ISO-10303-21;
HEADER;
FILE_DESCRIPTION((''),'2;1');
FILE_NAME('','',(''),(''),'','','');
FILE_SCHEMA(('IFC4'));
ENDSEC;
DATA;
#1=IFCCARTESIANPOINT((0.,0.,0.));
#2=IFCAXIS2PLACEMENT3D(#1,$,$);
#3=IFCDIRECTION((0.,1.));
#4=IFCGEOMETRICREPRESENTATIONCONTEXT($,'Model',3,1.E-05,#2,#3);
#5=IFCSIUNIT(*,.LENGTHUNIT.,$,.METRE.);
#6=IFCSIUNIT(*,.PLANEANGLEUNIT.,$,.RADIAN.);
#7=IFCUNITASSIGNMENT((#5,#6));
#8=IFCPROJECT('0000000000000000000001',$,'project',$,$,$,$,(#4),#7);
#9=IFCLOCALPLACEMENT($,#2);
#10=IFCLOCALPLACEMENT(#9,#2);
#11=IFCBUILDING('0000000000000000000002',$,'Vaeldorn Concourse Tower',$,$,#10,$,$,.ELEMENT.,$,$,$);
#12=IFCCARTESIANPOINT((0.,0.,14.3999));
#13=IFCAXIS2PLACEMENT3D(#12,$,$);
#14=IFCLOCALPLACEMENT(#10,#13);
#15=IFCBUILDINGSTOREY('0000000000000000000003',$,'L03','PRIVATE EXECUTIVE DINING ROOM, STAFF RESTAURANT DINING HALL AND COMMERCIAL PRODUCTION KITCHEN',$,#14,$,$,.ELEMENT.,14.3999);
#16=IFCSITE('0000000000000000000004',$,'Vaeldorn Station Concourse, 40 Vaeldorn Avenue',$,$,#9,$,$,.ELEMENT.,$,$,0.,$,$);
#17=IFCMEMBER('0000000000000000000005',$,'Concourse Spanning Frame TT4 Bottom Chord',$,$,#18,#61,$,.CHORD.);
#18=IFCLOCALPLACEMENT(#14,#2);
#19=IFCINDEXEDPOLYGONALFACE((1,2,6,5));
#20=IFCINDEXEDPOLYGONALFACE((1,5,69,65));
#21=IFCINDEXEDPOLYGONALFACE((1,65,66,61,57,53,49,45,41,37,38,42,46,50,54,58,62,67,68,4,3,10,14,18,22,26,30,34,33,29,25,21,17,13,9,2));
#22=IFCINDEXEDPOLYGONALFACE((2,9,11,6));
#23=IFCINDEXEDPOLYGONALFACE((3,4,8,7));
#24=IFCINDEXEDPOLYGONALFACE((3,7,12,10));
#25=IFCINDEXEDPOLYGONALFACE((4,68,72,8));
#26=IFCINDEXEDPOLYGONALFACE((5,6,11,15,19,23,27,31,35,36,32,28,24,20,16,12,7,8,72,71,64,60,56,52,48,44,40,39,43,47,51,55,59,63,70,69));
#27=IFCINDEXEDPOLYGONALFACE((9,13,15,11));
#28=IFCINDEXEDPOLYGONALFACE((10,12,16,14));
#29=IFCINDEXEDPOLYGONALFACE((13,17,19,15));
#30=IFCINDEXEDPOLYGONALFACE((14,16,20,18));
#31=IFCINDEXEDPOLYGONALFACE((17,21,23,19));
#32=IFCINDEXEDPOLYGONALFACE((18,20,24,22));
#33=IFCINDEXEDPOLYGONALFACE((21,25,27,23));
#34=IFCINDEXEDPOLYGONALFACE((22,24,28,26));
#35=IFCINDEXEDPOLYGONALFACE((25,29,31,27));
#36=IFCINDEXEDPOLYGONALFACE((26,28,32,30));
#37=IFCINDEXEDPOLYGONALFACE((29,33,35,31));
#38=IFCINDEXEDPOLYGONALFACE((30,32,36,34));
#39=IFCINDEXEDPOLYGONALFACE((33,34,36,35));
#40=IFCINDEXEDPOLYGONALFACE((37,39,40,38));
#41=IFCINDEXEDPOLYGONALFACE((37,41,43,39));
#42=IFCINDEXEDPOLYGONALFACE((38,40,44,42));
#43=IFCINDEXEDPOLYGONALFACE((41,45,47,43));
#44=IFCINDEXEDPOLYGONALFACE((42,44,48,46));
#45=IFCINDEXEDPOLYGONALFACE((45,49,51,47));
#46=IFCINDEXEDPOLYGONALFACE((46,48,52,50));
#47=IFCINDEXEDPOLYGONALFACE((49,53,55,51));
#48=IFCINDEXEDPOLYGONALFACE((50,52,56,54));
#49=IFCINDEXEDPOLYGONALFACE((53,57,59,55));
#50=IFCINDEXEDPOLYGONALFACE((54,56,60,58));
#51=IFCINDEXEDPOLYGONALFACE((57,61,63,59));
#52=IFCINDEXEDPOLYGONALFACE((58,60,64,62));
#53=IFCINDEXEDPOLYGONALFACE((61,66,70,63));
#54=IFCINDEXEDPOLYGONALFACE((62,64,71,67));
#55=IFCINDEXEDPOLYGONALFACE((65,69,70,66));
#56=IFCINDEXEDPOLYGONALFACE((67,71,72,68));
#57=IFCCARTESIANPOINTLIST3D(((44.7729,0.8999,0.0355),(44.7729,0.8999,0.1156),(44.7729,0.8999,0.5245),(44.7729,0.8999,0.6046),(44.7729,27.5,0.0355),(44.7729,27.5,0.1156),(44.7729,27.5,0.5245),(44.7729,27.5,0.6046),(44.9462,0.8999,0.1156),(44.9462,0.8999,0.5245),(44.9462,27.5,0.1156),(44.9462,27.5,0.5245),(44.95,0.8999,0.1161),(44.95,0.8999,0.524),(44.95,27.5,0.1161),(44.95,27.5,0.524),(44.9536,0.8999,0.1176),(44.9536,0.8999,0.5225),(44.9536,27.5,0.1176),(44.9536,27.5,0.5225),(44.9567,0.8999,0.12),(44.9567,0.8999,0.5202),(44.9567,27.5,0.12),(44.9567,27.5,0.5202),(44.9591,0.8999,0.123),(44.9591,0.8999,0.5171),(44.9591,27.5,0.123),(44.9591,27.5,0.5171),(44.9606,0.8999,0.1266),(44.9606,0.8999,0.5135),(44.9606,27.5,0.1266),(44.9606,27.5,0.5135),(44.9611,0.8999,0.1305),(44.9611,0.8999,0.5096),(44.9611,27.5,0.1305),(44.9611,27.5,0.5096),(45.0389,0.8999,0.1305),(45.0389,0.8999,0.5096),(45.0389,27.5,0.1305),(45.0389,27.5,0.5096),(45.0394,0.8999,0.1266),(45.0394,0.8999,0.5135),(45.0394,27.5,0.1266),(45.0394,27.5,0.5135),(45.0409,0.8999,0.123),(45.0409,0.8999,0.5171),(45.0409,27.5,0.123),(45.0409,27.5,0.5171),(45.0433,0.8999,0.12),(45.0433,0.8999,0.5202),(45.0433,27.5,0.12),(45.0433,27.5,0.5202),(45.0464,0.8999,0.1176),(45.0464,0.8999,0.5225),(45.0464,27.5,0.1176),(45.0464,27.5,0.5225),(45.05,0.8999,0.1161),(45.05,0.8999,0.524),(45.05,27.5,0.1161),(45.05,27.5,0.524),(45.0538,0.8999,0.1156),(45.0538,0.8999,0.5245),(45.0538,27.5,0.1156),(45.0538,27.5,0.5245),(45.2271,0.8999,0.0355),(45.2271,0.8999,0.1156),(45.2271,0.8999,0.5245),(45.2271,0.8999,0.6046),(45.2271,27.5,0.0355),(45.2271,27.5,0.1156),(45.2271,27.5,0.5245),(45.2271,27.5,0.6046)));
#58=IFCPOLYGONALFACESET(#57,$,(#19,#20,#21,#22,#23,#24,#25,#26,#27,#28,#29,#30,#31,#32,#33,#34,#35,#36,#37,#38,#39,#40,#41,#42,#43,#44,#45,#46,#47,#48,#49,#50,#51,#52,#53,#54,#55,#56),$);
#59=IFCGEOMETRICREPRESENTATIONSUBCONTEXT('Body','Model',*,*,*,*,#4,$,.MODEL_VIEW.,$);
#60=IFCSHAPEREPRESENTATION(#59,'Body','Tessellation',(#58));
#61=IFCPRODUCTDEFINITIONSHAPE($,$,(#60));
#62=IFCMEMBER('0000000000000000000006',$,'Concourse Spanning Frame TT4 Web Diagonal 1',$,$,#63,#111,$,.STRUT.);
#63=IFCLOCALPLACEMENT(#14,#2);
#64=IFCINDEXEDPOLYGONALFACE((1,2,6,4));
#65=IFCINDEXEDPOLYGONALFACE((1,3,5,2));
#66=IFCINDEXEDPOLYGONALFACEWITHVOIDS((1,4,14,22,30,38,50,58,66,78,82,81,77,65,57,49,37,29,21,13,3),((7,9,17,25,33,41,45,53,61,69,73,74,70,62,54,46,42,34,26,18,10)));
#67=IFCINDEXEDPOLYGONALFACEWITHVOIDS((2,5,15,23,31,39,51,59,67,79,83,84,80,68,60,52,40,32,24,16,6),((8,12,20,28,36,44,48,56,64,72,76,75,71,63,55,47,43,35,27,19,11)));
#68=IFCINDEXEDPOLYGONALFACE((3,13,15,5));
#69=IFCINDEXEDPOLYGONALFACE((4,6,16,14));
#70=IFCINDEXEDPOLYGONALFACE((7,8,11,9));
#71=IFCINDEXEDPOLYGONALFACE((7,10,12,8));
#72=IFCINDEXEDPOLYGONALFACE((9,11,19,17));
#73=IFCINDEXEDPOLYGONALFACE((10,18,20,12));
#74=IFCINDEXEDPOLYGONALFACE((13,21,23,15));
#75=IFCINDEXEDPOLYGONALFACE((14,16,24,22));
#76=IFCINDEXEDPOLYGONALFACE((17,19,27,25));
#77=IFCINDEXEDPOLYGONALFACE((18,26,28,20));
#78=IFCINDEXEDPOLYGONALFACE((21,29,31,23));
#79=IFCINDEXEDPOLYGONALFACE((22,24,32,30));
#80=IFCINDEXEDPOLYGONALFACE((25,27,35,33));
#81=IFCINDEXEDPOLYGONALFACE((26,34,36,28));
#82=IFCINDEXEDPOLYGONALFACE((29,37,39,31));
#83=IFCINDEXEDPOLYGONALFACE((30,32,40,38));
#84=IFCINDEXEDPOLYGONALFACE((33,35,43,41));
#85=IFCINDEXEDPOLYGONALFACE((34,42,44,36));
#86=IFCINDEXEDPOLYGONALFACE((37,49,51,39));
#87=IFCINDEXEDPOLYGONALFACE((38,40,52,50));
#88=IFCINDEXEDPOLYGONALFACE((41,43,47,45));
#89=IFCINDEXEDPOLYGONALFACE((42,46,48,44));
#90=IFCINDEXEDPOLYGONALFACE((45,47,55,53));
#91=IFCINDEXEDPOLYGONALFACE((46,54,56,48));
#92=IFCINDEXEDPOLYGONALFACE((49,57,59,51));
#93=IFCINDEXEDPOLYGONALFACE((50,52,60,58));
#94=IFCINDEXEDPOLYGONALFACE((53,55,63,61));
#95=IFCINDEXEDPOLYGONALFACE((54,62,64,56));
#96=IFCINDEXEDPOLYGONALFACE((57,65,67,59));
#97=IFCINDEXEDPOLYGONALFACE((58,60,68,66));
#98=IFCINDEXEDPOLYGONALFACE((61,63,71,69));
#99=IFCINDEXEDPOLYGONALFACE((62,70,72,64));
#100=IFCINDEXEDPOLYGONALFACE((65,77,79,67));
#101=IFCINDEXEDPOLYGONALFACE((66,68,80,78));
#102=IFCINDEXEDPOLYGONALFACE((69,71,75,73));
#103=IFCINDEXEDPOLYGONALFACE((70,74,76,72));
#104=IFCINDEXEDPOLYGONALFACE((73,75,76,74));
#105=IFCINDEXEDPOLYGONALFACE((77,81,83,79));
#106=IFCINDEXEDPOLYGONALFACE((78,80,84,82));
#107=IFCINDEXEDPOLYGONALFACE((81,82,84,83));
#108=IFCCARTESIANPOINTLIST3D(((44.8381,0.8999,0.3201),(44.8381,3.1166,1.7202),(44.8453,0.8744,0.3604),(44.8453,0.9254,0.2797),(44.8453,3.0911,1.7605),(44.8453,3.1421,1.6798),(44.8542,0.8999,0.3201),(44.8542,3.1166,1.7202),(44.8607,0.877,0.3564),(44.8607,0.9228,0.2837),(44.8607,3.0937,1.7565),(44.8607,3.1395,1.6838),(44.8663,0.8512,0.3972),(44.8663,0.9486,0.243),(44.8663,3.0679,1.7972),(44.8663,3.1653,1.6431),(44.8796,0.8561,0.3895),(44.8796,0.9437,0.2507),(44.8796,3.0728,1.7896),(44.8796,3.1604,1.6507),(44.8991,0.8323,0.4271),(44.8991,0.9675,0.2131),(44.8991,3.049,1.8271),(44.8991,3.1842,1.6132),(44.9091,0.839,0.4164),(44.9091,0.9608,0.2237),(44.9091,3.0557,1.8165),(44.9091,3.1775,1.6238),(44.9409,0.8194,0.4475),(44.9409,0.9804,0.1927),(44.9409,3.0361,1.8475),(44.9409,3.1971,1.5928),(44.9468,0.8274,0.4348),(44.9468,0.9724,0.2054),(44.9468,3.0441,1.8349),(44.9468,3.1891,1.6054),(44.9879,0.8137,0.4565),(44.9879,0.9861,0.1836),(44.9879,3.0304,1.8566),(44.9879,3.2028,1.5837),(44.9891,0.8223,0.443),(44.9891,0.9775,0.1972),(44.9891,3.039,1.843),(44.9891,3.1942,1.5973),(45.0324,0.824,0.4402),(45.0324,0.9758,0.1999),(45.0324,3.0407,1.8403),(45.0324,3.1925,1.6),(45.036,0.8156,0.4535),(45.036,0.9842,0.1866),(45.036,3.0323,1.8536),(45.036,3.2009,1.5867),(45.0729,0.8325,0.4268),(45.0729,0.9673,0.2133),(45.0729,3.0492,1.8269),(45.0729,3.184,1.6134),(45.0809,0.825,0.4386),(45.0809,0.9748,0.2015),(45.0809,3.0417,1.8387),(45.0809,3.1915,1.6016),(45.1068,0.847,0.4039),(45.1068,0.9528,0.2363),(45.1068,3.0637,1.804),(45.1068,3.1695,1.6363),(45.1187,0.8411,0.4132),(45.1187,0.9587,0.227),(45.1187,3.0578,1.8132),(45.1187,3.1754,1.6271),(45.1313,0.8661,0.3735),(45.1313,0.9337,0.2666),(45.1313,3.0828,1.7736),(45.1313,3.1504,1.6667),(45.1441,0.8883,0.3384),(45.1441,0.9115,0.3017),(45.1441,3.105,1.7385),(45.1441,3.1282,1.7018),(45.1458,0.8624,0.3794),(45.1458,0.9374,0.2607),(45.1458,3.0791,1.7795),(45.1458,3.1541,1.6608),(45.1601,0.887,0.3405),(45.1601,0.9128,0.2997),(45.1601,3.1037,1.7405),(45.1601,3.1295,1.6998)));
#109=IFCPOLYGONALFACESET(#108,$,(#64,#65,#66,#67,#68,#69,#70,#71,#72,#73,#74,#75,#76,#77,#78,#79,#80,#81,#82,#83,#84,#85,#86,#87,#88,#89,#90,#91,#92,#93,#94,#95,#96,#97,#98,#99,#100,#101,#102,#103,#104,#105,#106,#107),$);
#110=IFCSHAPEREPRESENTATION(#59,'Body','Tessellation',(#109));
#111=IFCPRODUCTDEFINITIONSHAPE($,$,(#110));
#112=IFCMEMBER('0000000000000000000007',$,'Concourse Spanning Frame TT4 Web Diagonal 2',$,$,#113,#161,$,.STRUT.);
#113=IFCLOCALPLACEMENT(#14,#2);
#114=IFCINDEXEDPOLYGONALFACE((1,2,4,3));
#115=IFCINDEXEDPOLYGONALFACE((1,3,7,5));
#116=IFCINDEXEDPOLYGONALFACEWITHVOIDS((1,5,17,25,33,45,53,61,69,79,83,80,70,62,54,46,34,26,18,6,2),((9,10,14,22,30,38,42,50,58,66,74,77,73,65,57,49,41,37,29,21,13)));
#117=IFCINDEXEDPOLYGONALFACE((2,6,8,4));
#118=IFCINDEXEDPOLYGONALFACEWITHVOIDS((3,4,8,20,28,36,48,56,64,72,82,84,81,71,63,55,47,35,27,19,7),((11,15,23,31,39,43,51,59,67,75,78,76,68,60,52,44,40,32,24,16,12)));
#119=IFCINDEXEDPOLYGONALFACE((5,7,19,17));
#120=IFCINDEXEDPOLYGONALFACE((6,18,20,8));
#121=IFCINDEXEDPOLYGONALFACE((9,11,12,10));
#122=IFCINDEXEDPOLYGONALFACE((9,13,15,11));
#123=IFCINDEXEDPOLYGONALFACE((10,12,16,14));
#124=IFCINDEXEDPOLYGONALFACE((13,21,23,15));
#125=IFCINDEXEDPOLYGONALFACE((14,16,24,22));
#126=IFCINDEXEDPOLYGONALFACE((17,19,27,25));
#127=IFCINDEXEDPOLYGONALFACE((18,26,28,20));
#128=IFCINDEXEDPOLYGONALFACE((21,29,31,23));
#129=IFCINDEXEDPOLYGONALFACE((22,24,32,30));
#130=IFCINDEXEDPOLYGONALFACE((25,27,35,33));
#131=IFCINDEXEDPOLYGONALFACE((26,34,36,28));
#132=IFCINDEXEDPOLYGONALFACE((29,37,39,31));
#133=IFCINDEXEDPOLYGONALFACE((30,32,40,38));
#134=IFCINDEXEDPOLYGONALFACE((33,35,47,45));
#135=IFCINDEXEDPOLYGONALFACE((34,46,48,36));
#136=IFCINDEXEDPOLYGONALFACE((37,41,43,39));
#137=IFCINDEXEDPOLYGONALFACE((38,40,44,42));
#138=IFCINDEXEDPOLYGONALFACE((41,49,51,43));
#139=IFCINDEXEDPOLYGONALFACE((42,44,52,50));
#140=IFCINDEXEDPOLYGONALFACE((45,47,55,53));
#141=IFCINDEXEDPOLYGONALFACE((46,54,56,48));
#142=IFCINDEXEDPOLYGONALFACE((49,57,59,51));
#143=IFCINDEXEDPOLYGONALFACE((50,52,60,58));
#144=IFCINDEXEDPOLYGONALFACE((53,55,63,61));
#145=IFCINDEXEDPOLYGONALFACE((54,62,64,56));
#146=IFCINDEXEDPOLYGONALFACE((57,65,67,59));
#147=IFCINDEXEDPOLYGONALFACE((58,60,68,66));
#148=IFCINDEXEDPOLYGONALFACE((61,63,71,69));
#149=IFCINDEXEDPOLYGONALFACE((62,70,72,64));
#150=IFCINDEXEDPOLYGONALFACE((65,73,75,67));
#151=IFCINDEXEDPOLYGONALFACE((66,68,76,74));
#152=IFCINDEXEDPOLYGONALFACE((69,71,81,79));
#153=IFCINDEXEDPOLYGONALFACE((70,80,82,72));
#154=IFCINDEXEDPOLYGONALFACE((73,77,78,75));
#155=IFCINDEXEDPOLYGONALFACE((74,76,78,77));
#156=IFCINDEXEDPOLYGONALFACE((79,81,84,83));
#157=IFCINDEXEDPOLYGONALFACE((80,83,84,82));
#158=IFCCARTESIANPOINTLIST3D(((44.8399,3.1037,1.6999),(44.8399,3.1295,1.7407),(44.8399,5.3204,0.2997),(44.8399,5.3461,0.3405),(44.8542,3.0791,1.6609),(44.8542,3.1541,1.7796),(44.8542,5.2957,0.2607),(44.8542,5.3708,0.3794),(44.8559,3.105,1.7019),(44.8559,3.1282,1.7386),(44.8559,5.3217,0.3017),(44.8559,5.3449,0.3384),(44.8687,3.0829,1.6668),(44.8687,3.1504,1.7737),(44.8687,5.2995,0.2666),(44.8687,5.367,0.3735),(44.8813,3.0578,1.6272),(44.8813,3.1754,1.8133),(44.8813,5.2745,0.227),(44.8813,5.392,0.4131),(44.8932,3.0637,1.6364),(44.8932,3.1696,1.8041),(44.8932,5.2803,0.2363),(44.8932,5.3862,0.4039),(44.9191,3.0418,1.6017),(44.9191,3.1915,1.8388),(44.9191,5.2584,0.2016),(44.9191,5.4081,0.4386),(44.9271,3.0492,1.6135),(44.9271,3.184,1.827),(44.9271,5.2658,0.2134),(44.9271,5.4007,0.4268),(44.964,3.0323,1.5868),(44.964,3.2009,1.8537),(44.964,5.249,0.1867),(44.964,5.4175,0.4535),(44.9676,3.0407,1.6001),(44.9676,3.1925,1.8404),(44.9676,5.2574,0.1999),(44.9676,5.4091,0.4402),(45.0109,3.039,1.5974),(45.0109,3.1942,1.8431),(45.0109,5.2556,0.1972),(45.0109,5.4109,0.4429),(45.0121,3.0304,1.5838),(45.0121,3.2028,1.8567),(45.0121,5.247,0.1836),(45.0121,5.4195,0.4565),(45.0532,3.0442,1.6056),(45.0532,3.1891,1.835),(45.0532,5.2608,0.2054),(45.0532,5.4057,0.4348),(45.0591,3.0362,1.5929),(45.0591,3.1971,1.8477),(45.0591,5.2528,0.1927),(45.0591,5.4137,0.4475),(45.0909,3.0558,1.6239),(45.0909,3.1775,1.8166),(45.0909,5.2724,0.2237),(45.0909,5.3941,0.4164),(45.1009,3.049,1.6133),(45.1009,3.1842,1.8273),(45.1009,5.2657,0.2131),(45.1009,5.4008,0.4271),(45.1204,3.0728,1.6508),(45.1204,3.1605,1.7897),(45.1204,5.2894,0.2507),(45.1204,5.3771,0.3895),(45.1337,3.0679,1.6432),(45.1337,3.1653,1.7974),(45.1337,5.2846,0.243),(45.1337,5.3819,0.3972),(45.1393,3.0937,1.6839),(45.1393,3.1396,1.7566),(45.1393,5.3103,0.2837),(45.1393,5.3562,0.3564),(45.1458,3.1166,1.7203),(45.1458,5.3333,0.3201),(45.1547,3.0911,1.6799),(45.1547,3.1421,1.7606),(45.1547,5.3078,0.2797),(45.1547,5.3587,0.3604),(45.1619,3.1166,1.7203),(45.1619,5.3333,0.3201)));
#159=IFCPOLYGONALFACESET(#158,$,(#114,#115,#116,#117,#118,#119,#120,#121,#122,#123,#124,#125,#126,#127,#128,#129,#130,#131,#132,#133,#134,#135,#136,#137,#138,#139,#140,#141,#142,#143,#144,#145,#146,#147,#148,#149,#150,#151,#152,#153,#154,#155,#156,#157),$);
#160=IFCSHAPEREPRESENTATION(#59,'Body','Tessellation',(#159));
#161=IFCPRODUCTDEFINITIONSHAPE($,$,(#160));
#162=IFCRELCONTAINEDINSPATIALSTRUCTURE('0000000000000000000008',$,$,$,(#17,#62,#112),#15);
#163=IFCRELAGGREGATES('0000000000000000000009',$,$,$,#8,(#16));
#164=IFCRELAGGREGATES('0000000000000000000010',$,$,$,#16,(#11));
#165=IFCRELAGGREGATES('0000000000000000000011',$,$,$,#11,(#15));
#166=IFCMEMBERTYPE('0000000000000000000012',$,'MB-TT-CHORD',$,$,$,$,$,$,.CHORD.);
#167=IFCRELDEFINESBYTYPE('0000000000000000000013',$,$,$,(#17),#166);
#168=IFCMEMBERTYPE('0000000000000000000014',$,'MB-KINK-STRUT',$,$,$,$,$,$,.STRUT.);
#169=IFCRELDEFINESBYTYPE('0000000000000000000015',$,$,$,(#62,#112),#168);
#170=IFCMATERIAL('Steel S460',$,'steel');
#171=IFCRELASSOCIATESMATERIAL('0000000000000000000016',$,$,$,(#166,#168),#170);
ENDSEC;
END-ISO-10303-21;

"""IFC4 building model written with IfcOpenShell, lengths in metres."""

from ifc_helpers import new_model, si_unit, direction, frame, origin, origin_2d, place, context, subcontext, project, spatial, hollow_circle, i_section, extrude, source, transform, mapped, material, material_profile, profile_set, type_object, element, save


model = new_model("IFC4")

# Units and contexts
model_context = context("Model", 3, precision=1e-05, world=origin(), true_north=direction((0.0, 1.0)))
body_context = subcontext(model_context, "Body", "Model", "MODEL_VIEW")
ifc_project = project(units=[si_unit("LENGTHUNIT", "METRE"), si_unit("PLANEANGLEUNIT", "RADIAN")], contexts=[model_context])

# Site, building, storey
site_placement = place(None, origin())
site = spatial("IfcSite", under=ifc_project, at=site_placement, Name="Vaeldorn Station Concourse, 40 Vaeldorn Avenue", CompositionType="ELEMENT", RefElevation=0.0)
building_placement = place(site_placement, origin())
building = spatial("IfcBuilding", under=site, at=building_placement, Name="Vaeldorn Concourse Tower", CompositionType="ELEMENT")
storey_placement = place(building_placement, frame((0.0, 0.0, 14.3999)))
storey = spatial("IfcBuildingStorey", under=building, at=storey_placement, Name="L03", Description="PRIVATE EXECUTIVE DINING ROOM, STAFF RESTAURANT DINING HALL AND COMMERCIAL PRODUCTION KITCHEN", CompositionType="ELEMENT", Elevation=14.3999)

# Shared definitions
ifc_material_1 = material(Name="Steel S460", Category="steel")

# Members
ifc_material_profile_1 = material_profile(ifc_material_1, i_section(OverallWidth=0.4541, OverallDepth=0.5691, WebThickness=0.0779, FlangeThickness=0.0801, FilletRadius=0.0149, at=origin_2d()), Name="HD 400x1086")
ifc_profile_set_1 = profile_set([ifc_material_profile_1], Name="Steel S460")
member_type_1 = type_object("IfcMemberType", Name="MB-TT-CHORD", PredefinedType="CHORD", material=ifc_profile_set_1)
shared_shape_1 = source(origin(), body_context, "Body", "SweptSolid", [
    extrude(i_section(OverallWidth=0.4541, OverallDepth=0.5691, WebThickness=0.0779, FlangeThickness=0.0801, FilletRadius=0.0149, at=origin_2d()), origin(), (0.0, 0.0, 1.0), 26.6001),
])
member_1_placement = place(storey_placement, frame((45.0, 0.8999, 0.3201), z_axis=(0.0, 1.0, 0.0), x_axis=(-1.0, 0.0, 0.0)))
element("IfcMember", 1, at=member_1_placement, inside=storey, type_object=member_type_1, Name="Concourse Spanning Frame TT4 Bottom Chord", PredefinedType="CHORD", context=body_context, shape_type="MappedRepresentation", body=[
    mapped(shared_shape_1, transform((0.0, 0.0, 0.0), scale=1.0)),
])
ifc_material_profile_2 = material_profile(ifc_material_1, hollow_circle(Radius=0.1619, WallThickness=0.0161, at=origin_2d()), Name="CHS 323.9x16")
ifc_profile_set_2 = profile_set([ifc_material_profile_2], Name="Steel S460")
member_type_2 = type_object("IfcMemberType", Name="MB-KINK-STRUT", PredefinedType="STRUT", material=ifc_profile_set_2)
shared_shape_2 = source(origin(), body_context, "Body", "SweptSolid", [
    extrude(hollow_circle(Radius=0.1619, WallThickness=0.0161, at=origin_2d()), origin(), (0.0, 0.0, 1.0), 2.6218),
])
for number, where, z_axis, x_axis, name in (
    (2, (45.0, 0.8999, 0.3201), (0.0, 0.845478, 0.534011), (-1.0, 0.0, 0.0), "Concourse Spanning Frame TT4 Web Diagonal 1"),
    (3, (45.0, 5.3333, 0.3201), (0.0, -0.845451, 0.534053), (1.0, 0.0, 0.0), "Concourse Spanning Frame TT4 Web Diagonal 2"),
):
    element("IfcMember", number, at=place(storey_placement, frame(where, z_axis=z_axis, x_axis=x_axis)), inside=storey, type_object=member_type_2, Name=name, PredefinedType="STRUT", context=body_context, shape_type="MappedRepresentation", body=[
        mapped(shared_shape_2, transform((0.0, 0.0, 0.0), scale=1.0)),
    ])

save(model, "model.ifc")
